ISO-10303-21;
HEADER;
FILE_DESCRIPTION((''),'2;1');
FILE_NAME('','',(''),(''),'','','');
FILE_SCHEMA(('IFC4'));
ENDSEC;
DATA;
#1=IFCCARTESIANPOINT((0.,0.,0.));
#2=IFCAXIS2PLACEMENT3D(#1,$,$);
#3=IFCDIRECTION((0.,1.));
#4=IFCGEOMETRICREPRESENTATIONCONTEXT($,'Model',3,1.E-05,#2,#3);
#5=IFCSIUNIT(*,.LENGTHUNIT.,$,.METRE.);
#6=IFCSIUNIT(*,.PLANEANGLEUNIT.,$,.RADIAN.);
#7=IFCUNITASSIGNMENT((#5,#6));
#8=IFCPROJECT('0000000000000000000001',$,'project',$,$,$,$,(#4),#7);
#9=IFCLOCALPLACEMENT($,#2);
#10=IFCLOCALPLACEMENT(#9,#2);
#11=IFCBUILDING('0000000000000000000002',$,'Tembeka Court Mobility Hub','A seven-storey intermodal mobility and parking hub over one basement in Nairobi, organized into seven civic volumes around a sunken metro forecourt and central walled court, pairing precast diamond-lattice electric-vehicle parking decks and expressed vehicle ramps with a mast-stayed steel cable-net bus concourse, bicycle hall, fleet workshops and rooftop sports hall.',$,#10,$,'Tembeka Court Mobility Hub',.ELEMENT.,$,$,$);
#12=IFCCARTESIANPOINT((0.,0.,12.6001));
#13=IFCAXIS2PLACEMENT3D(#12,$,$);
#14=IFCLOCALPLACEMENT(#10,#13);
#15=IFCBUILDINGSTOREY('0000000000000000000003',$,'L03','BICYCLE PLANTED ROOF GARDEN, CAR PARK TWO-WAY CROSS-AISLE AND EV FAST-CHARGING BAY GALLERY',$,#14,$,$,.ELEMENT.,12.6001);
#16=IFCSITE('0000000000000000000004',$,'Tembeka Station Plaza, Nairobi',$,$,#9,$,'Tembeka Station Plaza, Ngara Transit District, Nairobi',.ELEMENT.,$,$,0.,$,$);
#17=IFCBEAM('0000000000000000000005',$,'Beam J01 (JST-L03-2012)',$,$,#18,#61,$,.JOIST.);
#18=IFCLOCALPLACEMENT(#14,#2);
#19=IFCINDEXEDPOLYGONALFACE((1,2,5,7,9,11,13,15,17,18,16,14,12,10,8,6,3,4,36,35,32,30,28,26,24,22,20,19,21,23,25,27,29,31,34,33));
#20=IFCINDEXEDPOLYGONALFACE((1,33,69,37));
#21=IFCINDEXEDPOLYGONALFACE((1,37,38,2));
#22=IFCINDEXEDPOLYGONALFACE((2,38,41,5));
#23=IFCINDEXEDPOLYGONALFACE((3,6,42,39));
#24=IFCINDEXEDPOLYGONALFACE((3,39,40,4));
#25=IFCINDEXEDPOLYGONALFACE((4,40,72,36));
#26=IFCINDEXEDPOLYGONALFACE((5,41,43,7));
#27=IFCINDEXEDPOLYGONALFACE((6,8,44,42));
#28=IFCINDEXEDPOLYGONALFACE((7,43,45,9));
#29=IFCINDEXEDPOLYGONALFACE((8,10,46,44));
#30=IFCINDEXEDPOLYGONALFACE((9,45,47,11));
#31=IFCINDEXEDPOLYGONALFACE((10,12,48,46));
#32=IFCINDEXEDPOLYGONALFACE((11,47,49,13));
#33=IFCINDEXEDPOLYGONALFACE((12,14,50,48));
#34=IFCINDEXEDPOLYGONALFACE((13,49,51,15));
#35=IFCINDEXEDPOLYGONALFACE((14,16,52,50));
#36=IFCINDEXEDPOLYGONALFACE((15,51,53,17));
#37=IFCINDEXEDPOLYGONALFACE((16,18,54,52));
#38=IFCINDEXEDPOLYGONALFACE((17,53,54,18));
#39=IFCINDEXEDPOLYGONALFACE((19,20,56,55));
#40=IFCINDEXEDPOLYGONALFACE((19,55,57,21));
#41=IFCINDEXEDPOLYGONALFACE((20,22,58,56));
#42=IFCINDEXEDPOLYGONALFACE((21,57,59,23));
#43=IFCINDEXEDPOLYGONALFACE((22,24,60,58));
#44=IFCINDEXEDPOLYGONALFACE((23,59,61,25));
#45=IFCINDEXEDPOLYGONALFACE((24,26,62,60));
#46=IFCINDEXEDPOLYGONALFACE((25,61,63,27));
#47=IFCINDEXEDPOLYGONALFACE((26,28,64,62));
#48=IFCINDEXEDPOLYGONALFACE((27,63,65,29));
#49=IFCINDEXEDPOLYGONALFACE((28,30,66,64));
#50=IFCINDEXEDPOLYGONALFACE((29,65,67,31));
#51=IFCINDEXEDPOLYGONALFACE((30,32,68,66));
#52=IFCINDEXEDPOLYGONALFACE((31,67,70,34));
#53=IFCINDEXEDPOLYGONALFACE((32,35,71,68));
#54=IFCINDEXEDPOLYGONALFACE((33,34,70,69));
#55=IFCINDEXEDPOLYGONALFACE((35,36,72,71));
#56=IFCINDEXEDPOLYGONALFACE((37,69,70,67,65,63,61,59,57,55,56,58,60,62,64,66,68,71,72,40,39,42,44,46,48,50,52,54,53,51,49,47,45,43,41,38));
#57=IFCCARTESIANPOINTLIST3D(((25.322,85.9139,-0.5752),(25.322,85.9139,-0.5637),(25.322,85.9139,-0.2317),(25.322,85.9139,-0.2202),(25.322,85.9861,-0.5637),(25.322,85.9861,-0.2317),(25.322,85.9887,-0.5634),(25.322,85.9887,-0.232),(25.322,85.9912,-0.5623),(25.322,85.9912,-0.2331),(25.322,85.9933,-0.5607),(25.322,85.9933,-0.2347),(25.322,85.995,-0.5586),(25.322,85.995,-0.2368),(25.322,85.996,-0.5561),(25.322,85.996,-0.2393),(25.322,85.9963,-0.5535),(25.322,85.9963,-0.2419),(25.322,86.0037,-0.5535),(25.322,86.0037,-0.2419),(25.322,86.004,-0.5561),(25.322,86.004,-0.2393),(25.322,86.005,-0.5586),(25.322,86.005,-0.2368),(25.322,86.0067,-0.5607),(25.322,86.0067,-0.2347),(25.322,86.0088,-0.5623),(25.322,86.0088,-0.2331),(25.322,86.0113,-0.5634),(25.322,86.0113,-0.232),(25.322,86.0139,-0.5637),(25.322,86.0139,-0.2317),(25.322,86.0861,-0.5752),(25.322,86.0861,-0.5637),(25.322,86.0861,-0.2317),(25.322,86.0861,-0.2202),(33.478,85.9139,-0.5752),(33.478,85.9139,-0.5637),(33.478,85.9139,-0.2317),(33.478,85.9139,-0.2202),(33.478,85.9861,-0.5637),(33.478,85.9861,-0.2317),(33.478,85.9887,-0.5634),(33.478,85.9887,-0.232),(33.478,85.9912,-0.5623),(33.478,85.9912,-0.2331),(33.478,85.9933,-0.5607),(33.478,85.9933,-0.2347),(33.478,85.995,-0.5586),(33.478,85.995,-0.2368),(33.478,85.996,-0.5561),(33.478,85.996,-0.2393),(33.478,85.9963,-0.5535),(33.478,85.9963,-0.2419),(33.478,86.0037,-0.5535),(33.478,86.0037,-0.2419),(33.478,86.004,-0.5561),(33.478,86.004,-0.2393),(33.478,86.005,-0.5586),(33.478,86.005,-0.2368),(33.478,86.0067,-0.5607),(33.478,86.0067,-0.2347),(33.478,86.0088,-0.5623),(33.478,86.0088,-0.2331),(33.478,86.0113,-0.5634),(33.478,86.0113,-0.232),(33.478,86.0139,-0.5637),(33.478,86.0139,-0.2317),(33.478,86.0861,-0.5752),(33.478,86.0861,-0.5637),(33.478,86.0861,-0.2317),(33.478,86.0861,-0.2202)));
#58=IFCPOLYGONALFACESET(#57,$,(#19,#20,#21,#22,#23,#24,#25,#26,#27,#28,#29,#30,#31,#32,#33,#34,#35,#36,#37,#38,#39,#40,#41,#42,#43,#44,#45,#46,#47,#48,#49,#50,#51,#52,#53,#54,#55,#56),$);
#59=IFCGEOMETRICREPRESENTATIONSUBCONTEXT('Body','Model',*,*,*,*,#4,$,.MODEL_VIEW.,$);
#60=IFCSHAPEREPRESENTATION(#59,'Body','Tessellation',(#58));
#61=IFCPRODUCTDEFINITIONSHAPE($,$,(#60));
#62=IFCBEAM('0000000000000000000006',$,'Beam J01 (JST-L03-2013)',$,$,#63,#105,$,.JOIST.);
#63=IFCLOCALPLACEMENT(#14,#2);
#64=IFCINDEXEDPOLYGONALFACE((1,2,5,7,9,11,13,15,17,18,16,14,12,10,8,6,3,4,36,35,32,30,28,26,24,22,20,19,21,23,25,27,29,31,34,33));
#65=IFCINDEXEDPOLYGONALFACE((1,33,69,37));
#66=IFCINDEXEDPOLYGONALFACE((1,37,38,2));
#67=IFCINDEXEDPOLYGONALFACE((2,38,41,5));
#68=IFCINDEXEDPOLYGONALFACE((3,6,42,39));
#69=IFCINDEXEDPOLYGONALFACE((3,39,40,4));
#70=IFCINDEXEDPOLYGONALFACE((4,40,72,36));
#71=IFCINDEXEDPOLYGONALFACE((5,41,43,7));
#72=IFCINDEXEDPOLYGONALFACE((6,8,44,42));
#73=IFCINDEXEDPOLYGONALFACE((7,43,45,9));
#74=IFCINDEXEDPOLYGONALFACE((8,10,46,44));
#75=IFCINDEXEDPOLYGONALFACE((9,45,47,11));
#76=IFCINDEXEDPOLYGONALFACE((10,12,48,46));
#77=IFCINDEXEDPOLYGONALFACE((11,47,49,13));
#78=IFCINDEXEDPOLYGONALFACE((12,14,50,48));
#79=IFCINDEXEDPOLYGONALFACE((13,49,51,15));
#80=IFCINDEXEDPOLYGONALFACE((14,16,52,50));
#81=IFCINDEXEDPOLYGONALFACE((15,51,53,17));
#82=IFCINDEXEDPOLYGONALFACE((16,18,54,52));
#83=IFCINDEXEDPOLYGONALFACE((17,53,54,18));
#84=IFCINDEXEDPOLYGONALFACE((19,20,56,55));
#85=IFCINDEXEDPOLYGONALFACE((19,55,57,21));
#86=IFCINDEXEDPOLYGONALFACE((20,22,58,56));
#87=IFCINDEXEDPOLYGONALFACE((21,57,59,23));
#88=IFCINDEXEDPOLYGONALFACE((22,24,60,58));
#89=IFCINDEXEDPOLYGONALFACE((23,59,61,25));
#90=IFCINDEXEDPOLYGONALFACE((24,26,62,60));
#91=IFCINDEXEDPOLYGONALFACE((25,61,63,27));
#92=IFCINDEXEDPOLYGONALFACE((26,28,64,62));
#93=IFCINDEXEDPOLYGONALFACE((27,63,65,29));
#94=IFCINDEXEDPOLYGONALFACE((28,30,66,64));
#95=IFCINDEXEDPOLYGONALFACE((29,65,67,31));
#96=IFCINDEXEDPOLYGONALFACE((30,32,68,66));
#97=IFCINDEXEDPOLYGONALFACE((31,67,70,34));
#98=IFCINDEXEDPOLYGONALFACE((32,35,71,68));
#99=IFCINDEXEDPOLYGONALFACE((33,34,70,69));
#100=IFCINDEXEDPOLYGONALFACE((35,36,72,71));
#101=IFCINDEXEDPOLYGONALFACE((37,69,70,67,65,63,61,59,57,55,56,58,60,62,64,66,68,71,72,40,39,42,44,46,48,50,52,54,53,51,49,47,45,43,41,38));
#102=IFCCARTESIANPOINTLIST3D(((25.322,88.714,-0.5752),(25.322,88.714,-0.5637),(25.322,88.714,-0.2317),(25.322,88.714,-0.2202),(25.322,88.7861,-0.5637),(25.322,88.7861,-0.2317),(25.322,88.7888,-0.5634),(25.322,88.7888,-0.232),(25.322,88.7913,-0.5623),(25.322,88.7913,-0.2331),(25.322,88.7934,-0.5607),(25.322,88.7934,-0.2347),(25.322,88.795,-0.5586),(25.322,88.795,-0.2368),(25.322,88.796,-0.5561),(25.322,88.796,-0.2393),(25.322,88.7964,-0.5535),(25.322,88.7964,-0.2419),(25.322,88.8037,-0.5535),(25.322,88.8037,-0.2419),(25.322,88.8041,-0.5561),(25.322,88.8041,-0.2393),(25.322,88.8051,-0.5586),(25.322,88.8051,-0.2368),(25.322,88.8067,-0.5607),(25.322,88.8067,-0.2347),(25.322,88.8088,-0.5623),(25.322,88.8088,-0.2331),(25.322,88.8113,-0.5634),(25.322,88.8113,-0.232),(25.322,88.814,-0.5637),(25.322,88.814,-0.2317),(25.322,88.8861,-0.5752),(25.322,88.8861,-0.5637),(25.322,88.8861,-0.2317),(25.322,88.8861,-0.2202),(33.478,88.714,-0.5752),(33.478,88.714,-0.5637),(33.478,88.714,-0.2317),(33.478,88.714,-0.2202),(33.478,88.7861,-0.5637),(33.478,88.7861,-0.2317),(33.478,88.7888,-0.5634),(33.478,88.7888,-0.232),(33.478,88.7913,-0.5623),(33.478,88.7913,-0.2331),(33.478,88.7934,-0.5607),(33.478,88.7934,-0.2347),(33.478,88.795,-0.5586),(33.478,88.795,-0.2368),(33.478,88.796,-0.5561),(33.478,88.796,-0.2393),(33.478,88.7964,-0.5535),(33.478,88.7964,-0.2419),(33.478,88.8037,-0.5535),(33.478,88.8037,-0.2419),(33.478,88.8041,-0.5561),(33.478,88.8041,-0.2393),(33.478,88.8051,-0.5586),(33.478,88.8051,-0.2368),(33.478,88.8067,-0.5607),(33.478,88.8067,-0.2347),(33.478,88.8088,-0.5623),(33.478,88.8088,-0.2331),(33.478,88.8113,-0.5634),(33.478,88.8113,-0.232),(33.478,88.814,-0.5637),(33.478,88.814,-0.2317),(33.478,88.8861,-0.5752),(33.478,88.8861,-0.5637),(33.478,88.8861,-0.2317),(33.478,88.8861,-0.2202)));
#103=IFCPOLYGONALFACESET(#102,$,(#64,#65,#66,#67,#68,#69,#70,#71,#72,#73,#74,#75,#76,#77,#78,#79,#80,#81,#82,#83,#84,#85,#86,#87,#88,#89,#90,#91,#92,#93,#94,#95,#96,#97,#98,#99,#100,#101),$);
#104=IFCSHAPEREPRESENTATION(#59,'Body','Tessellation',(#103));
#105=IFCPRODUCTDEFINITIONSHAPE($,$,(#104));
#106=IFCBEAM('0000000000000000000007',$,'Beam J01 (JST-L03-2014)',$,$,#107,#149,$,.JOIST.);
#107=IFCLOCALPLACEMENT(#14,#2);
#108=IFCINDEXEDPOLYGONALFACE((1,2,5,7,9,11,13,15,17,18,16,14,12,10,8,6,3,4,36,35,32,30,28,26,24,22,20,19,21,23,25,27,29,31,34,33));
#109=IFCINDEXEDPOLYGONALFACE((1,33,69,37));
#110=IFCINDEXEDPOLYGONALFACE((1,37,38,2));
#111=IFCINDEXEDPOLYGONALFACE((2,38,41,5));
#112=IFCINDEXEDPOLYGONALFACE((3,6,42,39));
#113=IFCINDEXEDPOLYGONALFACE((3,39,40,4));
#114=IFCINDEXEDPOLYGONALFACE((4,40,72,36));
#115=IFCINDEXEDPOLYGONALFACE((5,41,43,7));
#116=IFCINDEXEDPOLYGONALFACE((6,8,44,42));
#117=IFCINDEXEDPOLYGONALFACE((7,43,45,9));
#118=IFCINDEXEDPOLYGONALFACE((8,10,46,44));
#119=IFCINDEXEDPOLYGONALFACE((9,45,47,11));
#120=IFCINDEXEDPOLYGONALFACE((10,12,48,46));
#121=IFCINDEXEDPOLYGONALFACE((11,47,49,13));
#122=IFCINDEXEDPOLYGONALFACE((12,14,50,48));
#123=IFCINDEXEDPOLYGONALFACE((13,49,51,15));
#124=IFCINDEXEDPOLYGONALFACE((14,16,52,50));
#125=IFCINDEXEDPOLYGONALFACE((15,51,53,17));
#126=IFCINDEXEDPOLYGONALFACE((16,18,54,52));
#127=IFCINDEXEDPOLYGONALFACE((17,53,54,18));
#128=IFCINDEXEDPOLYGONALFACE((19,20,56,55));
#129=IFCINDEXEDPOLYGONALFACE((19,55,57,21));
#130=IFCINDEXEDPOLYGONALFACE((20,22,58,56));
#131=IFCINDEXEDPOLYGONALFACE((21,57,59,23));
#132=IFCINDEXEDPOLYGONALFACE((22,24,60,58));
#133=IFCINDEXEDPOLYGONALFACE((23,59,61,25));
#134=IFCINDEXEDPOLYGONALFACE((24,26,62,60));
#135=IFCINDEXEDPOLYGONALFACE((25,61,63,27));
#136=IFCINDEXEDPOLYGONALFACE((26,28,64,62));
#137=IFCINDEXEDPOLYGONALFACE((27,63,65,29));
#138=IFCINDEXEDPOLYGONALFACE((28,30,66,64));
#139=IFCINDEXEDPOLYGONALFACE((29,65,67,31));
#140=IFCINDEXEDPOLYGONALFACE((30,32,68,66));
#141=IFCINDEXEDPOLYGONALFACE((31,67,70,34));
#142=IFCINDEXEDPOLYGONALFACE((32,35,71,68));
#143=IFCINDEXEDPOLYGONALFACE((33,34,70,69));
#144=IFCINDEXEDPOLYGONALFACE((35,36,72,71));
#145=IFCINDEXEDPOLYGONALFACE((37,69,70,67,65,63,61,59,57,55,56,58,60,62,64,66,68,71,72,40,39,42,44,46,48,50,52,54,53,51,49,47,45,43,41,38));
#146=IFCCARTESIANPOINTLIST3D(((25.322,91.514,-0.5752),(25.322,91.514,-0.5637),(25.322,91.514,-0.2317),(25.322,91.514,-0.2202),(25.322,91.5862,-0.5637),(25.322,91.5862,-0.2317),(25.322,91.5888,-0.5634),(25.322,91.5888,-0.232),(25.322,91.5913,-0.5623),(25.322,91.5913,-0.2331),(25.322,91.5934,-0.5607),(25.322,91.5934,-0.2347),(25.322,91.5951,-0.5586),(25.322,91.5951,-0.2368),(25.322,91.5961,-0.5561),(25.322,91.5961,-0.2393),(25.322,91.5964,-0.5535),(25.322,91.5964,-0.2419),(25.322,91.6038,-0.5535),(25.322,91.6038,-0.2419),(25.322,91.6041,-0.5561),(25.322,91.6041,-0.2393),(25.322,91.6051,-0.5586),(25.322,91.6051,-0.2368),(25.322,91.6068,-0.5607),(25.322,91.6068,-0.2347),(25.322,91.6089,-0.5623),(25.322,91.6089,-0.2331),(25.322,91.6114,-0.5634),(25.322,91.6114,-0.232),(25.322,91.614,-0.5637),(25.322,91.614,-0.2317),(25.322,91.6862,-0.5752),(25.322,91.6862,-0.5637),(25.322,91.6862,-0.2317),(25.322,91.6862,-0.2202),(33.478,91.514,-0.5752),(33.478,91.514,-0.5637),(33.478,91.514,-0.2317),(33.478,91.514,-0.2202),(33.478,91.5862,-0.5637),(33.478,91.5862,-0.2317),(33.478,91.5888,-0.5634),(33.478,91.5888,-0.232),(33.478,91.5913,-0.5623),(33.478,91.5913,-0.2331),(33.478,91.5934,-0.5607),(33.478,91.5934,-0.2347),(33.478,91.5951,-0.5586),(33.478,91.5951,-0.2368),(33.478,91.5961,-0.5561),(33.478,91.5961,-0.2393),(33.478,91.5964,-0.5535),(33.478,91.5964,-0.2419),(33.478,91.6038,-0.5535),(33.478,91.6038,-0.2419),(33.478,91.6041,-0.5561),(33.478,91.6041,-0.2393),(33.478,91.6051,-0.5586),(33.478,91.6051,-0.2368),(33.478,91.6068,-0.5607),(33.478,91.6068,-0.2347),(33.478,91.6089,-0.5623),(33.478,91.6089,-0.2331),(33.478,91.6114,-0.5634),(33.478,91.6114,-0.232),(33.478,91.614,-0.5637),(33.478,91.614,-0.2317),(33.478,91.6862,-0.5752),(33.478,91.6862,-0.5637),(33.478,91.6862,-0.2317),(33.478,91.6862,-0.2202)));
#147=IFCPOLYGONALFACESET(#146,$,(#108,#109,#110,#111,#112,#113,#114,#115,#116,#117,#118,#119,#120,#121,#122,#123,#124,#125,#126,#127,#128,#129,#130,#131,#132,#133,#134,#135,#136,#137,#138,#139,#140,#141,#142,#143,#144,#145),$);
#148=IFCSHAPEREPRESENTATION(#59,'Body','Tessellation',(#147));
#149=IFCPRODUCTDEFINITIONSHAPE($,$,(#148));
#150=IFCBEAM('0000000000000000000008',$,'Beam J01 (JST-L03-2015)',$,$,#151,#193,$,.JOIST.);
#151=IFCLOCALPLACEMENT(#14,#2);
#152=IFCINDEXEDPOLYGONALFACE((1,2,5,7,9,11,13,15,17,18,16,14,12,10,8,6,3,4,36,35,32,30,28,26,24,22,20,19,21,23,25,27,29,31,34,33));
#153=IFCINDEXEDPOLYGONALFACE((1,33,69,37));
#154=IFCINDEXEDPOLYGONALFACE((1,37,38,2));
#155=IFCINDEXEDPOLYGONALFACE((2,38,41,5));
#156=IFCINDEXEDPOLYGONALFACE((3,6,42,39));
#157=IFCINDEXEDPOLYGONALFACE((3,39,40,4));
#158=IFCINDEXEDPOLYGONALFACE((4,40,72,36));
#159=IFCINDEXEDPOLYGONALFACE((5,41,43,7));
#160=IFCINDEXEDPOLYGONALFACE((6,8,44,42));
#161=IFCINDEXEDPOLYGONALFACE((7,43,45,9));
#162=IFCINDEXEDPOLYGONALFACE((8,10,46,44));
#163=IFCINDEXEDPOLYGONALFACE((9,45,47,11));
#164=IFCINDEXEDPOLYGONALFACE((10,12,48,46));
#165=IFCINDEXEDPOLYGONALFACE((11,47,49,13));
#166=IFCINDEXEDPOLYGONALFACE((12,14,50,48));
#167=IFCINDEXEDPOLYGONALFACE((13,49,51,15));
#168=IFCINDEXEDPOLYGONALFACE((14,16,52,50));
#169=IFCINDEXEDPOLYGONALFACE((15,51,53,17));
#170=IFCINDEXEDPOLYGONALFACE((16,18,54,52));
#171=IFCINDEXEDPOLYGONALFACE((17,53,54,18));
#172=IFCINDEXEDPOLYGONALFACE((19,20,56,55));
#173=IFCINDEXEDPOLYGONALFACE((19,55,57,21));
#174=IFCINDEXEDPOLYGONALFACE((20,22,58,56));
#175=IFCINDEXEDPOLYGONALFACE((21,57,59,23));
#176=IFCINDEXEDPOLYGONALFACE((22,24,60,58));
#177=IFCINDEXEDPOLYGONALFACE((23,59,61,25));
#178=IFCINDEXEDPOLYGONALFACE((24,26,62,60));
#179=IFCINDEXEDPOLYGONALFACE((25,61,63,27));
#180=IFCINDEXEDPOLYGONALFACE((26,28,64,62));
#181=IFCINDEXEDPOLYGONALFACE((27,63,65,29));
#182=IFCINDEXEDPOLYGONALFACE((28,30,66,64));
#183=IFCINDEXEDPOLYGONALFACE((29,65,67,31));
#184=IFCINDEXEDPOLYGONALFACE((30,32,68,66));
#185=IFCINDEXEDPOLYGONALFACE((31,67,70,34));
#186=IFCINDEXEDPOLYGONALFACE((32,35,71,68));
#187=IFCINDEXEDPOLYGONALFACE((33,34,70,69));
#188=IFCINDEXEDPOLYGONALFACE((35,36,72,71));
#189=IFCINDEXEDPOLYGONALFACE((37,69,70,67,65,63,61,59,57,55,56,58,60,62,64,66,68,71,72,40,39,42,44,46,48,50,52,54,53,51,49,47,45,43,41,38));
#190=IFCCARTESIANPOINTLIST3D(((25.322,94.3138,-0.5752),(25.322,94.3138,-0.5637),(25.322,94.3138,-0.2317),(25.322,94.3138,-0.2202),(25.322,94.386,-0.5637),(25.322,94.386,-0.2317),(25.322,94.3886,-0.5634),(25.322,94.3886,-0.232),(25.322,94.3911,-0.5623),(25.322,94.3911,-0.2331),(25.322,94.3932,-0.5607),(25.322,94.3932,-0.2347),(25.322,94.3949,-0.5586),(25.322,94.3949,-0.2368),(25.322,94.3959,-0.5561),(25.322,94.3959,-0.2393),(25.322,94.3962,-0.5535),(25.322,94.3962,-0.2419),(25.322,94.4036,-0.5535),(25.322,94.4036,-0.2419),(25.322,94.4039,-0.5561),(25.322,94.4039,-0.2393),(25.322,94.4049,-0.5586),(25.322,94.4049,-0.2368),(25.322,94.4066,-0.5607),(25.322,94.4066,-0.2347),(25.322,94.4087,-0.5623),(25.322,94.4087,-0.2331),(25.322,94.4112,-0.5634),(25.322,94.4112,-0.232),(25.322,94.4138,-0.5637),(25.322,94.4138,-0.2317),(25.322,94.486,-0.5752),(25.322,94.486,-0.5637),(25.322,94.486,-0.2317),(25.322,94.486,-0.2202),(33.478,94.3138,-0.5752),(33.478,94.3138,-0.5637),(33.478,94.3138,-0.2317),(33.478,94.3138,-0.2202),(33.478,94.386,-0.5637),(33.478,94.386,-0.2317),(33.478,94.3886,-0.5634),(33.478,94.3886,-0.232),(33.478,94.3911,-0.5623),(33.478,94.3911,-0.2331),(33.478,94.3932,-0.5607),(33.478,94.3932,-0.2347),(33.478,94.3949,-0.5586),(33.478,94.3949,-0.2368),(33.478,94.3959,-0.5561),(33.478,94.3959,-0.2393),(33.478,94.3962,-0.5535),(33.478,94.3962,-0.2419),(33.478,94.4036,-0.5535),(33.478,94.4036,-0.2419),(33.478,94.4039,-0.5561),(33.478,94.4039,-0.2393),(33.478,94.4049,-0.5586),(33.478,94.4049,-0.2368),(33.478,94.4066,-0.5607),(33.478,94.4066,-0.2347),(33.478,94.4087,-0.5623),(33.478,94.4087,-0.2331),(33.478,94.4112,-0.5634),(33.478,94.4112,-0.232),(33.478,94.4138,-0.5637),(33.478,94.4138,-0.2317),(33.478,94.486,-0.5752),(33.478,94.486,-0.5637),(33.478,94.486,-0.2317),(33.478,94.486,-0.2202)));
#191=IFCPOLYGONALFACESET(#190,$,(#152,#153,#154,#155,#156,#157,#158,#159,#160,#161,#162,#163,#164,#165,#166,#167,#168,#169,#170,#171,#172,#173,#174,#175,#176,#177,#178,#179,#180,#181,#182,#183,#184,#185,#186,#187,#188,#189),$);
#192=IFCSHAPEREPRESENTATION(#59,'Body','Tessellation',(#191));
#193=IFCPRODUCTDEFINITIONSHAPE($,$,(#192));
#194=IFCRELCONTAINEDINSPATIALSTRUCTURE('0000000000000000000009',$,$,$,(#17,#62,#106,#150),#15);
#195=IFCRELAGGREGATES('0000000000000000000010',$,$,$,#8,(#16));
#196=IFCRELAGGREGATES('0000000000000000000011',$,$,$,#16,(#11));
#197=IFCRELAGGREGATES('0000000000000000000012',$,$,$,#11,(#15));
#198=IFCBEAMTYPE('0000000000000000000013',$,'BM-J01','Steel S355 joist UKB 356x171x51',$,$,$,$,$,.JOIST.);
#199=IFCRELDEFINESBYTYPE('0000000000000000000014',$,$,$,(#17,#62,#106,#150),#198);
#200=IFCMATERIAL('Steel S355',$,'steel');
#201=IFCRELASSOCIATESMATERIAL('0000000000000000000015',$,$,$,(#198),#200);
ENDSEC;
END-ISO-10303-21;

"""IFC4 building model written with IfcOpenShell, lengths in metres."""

from ifc_helpers import new_model, si_unit, direction, frame, origin, origin_2d, place, context, subcontext, project, spatial, i_section, extrude, material, material_profile, profile_set, type_object, element, save


model = new_model("IFC4")

# Units and contexts
model_context = context("Model", 3, precision=1e-05, world=origin(), true_north=direction((0.0, 1.0)))
body_context = subcontext(model_context, "Body", "Model", "MODEL_VIEW")
ifc_project = project(units=[si_unit("LENGTHUNIT", "METRE"), si_unit("PLANEANGLEUNIT", "RADIAN")], contexts=[model_context])

# Site, building, storey
site_placement = place(None, origin())
site = spatial("IfcSite", under=ifc_project, at=site_placement, Name="Tembeka Station Plaza, Nairobi", LongName="Tembeka Station Plaza, Ngara Transit District, Nairobi", CompositionType="ELEMENT", RefElevation=0.0)
building_placement = place(site_placement, origin())
building = spatial("IfcBuilding", under=site, at=building_placement, Name="Tembeka Court Mobility Hub", Description="A seven-storey intermodal mobility and parking hub over one basement in Nairobi, organized into seven civic volumes around a sunken metro forecourt and central walled court, pairing precast diamond-lattice electric-vehicle parking decks and expressed vehicle ramps with a mast-stayed steel cable-net bus concourse, bicycle hall, fleet workshops and rooftop sports hall.", LongName="Tembeka Court Mobility Hub", CompositionType="ELEMENT")
storey_placement = place(building_placement, frame((0.0, 0.0, 12.6001)))
storey = spatial("IfcBuildingStorey", under=building, at=storey_placement, Name="L03", Description="BICYCLE PLANTED ROOF GARDEN, CAR PARK TWO-WAY CROSS-AISLE AND EV FAST-CHARGING BAY GALLERY", CompositionType="ELEMENT", Elevation=12.6001)

# Shared definitions
ifc_material_1 = material(Name="Steel S355", Category="steel")

# Beams
ifc_material_profile_1 = material_profile(ifc_material_1, i_section(OverallWidth=0.1721, OverallDepth=0.355, WebThickness=0.0073, FlangeThickness=0.0115, FilletRadius=0.0103, at=origin_2d()), Name="UKB 356x171x51")
ifc_profile_set_1 = profile_set([ifc_material_profile_1], Name="Steel S355")
beam_type_1 = type_object("IfcBeamType", Name="BM-J01", Description="Steel S355 joist UKB 356x171x51", PredefinedType="JOIST", material=ifc_profile_set_1)
for number, where, z_axis, x_axis, name in (
    (1, (25.322, 86.0, -0.3977), (1.0, 0.0, 0.0), (0.0, 1.0, 0.0), "Beam J01 (JST-L03-2012)"),
    (2, (25.322, 88.8, -0.3977), (1.0, 0.0, 0.0), (0.0, 1.0, 0.0), "Beam J01 (JST-L03-2013)"),
    (3, (25.322, 91.6001, -0.3977), (1.0, 0.0, 0.0), (0.0, 1.0, 0.0), "Beam J01 (JST-L03-2014)"),
    (4, (25.322, 94.3999, -0.3977), (1.0, 0.0, 0.0), (0.0, 1.0, 0.0), "Beam J01 (JST-L03-2015)"),
):
    element("IfcBeam", number, at=place(storey_placement, frame(where, z_axis=z_axis, x_axis=x_axis)), inside=storey, type_object=beam_type_1, Name=name, PredefinedType="JOIST", context=body_context, shape_type="SweptSolid", body=[
        extrude(i_section(OverallWidth=0.1721, OverallDepth=0.355, WebThickness=0.0073, FlangeThickness=0.0115, FilletRadius=0.0103, at=origin_2d()), origin(), (0.0, 0.0, 1.0), 8.156),
    ])

save(model, "model.ifc")
